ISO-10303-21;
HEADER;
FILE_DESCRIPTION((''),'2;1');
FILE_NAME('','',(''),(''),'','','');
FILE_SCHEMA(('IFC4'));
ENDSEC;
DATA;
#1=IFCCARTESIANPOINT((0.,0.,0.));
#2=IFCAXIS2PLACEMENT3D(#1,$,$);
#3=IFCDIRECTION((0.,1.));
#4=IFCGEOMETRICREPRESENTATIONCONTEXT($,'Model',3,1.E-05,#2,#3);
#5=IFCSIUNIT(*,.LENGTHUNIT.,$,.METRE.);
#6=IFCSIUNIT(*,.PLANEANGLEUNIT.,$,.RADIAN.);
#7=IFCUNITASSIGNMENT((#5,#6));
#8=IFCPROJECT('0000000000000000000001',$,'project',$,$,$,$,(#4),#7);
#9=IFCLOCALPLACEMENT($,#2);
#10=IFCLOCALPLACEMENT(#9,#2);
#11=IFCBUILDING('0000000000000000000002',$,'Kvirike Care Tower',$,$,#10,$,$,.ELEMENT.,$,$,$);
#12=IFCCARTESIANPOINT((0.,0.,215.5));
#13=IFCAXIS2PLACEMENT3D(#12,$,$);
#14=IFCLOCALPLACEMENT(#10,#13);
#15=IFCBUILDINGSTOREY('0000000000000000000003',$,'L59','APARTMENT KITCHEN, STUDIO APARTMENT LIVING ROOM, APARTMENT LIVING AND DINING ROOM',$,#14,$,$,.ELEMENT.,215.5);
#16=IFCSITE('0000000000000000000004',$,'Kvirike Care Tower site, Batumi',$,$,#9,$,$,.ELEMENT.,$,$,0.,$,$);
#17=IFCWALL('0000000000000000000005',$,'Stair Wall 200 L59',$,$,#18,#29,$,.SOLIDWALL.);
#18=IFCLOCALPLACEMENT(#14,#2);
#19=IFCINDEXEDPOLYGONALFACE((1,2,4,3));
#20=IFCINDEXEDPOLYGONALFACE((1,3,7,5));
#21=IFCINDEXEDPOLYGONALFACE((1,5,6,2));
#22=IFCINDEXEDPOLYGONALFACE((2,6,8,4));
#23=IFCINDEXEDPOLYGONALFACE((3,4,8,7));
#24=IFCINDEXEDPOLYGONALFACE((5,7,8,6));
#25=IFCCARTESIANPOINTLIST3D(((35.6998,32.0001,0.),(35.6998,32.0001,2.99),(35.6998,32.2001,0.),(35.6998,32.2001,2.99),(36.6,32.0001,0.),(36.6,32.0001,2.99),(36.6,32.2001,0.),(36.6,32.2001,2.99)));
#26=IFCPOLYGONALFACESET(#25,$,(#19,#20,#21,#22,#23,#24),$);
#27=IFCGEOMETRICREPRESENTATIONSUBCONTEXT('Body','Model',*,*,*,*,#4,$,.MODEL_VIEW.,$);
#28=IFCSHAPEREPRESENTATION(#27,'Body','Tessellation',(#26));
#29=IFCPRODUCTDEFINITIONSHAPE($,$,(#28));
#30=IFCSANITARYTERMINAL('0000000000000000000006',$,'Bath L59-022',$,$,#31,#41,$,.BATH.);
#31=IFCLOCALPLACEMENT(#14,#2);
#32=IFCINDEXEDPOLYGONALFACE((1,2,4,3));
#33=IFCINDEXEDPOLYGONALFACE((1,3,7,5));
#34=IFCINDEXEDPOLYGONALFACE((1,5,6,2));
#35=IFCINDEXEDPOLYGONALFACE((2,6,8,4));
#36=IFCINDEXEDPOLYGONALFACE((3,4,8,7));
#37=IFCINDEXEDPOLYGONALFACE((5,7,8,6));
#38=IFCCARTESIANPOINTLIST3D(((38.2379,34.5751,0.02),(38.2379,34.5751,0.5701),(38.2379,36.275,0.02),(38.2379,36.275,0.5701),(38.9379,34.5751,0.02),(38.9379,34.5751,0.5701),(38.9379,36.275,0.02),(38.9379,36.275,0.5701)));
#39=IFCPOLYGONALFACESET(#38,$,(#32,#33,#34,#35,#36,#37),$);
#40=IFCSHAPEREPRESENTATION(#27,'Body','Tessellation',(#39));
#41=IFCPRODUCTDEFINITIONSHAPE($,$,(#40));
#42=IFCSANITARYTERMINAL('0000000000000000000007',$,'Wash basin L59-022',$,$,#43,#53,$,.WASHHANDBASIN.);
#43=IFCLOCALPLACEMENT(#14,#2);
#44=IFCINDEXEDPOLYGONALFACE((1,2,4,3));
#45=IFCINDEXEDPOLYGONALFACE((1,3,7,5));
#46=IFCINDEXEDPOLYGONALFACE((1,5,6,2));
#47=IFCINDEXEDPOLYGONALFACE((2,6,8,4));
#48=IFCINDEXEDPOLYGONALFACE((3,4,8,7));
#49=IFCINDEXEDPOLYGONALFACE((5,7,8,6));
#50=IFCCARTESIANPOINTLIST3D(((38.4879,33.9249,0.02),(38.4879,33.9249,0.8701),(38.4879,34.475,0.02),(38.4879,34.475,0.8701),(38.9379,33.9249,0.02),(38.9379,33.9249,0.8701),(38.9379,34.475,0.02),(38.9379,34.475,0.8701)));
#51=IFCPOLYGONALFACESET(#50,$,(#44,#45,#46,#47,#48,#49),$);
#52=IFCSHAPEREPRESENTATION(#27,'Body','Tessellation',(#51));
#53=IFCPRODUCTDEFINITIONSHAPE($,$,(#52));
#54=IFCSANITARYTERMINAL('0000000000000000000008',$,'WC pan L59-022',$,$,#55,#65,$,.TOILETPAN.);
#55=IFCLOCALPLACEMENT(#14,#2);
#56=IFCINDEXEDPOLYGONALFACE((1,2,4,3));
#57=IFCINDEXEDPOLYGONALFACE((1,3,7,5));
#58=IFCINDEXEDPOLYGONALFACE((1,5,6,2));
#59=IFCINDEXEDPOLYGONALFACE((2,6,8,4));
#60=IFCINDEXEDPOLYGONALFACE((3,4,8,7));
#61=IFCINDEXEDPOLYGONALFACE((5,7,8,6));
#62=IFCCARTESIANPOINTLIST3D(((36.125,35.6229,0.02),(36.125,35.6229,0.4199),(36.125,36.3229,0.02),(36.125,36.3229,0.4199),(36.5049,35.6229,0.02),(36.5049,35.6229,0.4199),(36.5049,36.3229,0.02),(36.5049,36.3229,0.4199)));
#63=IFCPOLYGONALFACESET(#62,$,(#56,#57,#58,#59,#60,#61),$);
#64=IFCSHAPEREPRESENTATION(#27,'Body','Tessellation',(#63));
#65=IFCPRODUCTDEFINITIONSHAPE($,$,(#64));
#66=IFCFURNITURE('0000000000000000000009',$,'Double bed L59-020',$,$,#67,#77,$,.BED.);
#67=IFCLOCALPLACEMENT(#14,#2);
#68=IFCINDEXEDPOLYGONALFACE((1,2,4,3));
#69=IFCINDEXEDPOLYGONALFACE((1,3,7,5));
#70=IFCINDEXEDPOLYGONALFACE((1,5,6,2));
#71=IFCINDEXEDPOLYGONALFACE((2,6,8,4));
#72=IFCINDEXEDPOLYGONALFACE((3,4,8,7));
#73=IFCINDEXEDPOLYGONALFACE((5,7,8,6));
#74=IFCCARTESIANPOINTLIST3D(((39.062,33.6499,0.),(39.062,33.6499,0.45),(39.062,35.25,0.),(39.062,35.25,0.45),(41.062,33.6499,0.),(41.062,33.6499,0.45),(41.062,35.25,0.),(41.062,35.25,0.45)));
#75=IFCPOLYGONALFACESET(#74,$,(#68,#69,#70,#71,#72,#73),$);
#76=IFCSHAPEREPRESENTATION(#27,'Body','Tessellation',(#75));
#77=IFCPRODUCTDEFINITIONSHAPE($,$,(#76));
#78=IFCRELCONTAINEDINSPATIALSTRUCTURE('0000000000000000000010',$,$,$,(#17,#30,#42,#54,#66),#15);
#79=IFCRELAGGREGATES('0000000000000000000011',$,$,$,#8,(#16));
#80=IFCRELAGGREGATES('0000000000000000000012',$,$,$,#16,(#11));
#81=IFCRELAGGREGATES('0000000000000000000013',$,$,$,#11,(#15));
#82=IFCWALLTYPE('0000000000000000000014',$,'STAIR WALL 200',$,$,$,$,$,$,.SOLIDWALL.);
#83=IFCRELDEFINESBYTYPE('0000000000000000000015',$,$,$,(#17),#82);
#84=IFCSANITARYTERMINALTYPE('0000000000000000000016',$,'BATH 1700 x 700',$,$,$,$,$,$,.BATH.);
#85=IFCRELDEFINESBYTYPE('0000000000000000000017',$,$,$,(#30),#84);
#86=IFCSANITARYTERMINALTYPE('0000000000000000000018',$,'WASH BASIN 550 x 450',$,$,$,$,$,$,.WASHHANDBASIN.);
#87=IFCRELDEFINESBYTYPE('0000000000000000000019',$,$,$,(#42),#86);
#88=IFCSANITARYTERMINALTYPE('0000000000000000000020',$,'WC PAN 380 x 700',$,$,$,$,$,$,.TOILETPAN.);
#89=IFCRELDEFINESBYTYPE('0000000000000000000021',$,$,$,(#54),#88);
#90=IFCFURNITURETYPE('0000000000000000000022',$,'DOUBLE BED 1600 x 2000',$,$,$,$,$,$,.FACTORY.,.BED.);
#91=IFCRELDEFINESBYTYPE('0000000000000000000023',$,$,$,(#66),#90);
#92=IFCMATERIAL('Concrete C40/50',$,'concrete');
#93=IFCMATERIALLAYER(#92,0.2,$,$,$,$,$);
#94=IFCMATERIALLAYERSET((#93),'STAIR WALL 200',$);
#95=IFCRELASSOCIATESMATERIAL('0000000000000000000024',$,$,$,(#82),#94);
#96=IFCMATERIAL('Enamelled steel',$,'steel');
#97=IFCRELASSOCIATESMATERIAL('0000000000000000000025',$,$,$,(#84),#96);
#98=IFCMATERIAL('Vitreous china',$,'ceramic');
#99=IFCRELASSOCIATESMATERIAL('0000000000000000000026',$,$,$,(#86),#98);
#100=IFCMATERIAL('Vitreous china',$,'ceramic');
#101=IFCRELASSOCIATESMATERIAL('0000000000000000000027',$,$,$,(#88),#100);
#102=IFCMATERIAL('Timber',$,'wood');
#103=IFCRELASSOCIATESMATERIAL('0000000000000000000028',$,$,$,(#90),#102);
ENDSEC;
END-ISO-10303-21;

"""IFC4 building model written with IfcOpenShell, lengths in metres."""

from ifc_helpers import new_model, si_unit, direction, frame, frame_2d, origin, origin_2d, place, context, subcontext, project, spatial, rectangle, extrude, material, layer, layer_set, type_object, element, save


model = new_model("IFC4")

# Units and contexts
model_context = context("Model", 3, precision=1e-05, world=origin(), true_north=direction((0.0, 1.0)))
body_context = subcontext(model_context, "Body", "Model", "MODEL_VIEW")
ifc_project = project(units=[si_unit("LENGTHUNIT", "METRE"), si_unit("PLANEANGLEUNIT", "RADIAN")], contexts=[model_context])

# Site, building, storey
site_placement = place(None, origin())
site = spatial("IfcSite", under=ifc_project, at=site_placement, Name="Kvirike Care Tower site, Batumi", CompositionType="ELEMENT", RefElevation=0.0)
building_placement = place(site_placement, origin())
building = spatial("IfcBuilding", under=site, at=building_placement, Name="Kvirike Care Tower", CompositionType="ELEMENT")
storey_placement = place(building_placement, frame((0.0, 0.0, 215.5)))
storey = spatial("IfcBuildingStorey", under=building, at=storey_placement, Name="L59", Description="APARTMENT KITCHEN, STUDIO APARTMENT LIVING ROOM, APARTMENT LIVING AND DINING ROOM", CompositionType="ELEMENT", Elevation=215.5)

# Wall
ifc_material_1 = material(Name="Concrete C40/50", Category="concrete")
ifc_layer_1 = layer(ifc_material_1, 0.2)
ifc_layer_set_1 = layer_set([ifc_layer_1], Name="STAIR WALL 200")
wall_type_1 = type_object("IfcWallType", Name="STAIR WALL 200", PredefinedType="SOLIDWALL", material=ifc_layer_set_1)
wall_1_placement = place(storey_placement, frame((36.6001, 32.1001, 0.0), z_axis=(0.0, 0.0, 1.0), x_axis=(-1.0, 0.0, 0.0)))
element("IfcWall", 1, at=wall_1_placement, inside=storey, type_object=wall_type_1, Name="Stair Wall 200 L59", PredefinedType="SOLIDWALL", context=body_context, shape_type="SweptSolid", body=[
    extrude(rectangle(XDim=0.9001, YDim=0.2, at=frame_2d((0.4502, 0.0))), origin(), (0.0, 0.0, 1.0), 2.99),
])

# Sanitary terminals
ifc_material_2 = material(Name="Enamelled steel", Category="steel")
sanitary_terminal_type_1 = type_object("IfcSanitaryTerminalType", Name="BATH 1700 x 700", PredefinedType="BATH", material=ifc_material_2)
sanitary_terminal_1_placement = place(storey_placement, frame((38.5879, 35.425, 0.02), z_axis=(0.0, 0.0, 1.0), x_axis=(0.0, -1.0, 0.0)))
element("IfcSanitaryTerminal", 2, at=sanitary_terminal_1_placement, inside=storey, type_object=sanitary_terminal_type_1, Name="Bath L59-022", PredefinedType="BATH", context=body_context, shape_type="SweptSolid", body=[
    extrude(rectangle(XDim=1.7, YDim=0.7, at=origin_2d()), origin(), (0.0, 0.0, 1.0), 0.55),
])
ifc_material_3 = material(Name="Vitreous china", Category="ceramic")
sanitary_terminal_type_2 = type_object("IfcSanitaryTerminalType", Name="WASH BASIN 550 x 450", PredefinedType="WASHHANDBASIN", material=ifc_material_3)
sanitary_terminal_2_placement = place(storey_placement, frame((38.7129, 34.2, 0.02), z_axis=(0.0, 0.0, 1.0), x_axis=(0.0, -1.0, 0.0)))
element("IfcSanitaryTerminal", 3, at=sanitary_terminal_2_placement, inside=storey, type_object=sanitary_terminal_type_2, Name="Wash basin L59-022", PredefinedType="WASHHANDBASIN", context=body_context, shape_type="SweptSolid", body=[
    extrude(rectangle(XDim=0.55, YDim=0.45, at=origin_2d()), origin(), (0.0, 0.0, 1.0), 0.8501),
])
ifc_material_4 = material(Name="Vitreous china", Category="ceramic")
sanitary_terminal_type_3 = type_object("IfcSanitaryTerminalType", Name="WC PAN 380 x 700", PredefinedType="TOILETPAN", material=ifc_material_4)
sanitary_terminal_3_placement = place(storey_placement, frame((36.3149, 35.9729, 0.02), z_axis=(0.0, 0.0, 1.0), x_axis=(1.0, 0.0, 0.0)))
element("IfcSanitaryTerminal", 4, at=sanitary_terminal_3_placement, inside=storey, type_object=sanitary_terminal_type_3, Name="WC pan L59-022", PredefinedType="TOILETPAN", context=body_context, shape_type="SweptSolid", body=[
    extrude(rectangle(XDim=0.3799, YDim=0.7, at=origin_2d()), origin(), (0.0, 0.0, 1.0), 0.3999),
])

# Furniture
ifc_material_5 = material(Name="Timber", Category="wood")
furniture_type = type_object("IfcFurnitureType", Name="DOUBLE BED 1600 x 2000", AssemblyPlace="FACTORY", PredefinedType="BED", material=ifc_material_5)
furniture_placement = place(storey_placement, frame((40.062, 34.45, 0.0), z_axis=(0.0, 0.0, 1.0), x_axis=(0.0, 1.0, 0.0)))
element("IfcFurniture", 5, at=furniture_placement, inside=storey, type_object=furniture_type, Name="Double bed L59-020", PredefinedType="BED", context=body_context, shape_type="SweptSolid", body=[
    extrude(rectangle(XDim=1.6001, YDim=2.0, at=origin_2d()), origin(), (0.0, 0.0, 1.0), 0.45),
])

save(model, "model.ifc")
